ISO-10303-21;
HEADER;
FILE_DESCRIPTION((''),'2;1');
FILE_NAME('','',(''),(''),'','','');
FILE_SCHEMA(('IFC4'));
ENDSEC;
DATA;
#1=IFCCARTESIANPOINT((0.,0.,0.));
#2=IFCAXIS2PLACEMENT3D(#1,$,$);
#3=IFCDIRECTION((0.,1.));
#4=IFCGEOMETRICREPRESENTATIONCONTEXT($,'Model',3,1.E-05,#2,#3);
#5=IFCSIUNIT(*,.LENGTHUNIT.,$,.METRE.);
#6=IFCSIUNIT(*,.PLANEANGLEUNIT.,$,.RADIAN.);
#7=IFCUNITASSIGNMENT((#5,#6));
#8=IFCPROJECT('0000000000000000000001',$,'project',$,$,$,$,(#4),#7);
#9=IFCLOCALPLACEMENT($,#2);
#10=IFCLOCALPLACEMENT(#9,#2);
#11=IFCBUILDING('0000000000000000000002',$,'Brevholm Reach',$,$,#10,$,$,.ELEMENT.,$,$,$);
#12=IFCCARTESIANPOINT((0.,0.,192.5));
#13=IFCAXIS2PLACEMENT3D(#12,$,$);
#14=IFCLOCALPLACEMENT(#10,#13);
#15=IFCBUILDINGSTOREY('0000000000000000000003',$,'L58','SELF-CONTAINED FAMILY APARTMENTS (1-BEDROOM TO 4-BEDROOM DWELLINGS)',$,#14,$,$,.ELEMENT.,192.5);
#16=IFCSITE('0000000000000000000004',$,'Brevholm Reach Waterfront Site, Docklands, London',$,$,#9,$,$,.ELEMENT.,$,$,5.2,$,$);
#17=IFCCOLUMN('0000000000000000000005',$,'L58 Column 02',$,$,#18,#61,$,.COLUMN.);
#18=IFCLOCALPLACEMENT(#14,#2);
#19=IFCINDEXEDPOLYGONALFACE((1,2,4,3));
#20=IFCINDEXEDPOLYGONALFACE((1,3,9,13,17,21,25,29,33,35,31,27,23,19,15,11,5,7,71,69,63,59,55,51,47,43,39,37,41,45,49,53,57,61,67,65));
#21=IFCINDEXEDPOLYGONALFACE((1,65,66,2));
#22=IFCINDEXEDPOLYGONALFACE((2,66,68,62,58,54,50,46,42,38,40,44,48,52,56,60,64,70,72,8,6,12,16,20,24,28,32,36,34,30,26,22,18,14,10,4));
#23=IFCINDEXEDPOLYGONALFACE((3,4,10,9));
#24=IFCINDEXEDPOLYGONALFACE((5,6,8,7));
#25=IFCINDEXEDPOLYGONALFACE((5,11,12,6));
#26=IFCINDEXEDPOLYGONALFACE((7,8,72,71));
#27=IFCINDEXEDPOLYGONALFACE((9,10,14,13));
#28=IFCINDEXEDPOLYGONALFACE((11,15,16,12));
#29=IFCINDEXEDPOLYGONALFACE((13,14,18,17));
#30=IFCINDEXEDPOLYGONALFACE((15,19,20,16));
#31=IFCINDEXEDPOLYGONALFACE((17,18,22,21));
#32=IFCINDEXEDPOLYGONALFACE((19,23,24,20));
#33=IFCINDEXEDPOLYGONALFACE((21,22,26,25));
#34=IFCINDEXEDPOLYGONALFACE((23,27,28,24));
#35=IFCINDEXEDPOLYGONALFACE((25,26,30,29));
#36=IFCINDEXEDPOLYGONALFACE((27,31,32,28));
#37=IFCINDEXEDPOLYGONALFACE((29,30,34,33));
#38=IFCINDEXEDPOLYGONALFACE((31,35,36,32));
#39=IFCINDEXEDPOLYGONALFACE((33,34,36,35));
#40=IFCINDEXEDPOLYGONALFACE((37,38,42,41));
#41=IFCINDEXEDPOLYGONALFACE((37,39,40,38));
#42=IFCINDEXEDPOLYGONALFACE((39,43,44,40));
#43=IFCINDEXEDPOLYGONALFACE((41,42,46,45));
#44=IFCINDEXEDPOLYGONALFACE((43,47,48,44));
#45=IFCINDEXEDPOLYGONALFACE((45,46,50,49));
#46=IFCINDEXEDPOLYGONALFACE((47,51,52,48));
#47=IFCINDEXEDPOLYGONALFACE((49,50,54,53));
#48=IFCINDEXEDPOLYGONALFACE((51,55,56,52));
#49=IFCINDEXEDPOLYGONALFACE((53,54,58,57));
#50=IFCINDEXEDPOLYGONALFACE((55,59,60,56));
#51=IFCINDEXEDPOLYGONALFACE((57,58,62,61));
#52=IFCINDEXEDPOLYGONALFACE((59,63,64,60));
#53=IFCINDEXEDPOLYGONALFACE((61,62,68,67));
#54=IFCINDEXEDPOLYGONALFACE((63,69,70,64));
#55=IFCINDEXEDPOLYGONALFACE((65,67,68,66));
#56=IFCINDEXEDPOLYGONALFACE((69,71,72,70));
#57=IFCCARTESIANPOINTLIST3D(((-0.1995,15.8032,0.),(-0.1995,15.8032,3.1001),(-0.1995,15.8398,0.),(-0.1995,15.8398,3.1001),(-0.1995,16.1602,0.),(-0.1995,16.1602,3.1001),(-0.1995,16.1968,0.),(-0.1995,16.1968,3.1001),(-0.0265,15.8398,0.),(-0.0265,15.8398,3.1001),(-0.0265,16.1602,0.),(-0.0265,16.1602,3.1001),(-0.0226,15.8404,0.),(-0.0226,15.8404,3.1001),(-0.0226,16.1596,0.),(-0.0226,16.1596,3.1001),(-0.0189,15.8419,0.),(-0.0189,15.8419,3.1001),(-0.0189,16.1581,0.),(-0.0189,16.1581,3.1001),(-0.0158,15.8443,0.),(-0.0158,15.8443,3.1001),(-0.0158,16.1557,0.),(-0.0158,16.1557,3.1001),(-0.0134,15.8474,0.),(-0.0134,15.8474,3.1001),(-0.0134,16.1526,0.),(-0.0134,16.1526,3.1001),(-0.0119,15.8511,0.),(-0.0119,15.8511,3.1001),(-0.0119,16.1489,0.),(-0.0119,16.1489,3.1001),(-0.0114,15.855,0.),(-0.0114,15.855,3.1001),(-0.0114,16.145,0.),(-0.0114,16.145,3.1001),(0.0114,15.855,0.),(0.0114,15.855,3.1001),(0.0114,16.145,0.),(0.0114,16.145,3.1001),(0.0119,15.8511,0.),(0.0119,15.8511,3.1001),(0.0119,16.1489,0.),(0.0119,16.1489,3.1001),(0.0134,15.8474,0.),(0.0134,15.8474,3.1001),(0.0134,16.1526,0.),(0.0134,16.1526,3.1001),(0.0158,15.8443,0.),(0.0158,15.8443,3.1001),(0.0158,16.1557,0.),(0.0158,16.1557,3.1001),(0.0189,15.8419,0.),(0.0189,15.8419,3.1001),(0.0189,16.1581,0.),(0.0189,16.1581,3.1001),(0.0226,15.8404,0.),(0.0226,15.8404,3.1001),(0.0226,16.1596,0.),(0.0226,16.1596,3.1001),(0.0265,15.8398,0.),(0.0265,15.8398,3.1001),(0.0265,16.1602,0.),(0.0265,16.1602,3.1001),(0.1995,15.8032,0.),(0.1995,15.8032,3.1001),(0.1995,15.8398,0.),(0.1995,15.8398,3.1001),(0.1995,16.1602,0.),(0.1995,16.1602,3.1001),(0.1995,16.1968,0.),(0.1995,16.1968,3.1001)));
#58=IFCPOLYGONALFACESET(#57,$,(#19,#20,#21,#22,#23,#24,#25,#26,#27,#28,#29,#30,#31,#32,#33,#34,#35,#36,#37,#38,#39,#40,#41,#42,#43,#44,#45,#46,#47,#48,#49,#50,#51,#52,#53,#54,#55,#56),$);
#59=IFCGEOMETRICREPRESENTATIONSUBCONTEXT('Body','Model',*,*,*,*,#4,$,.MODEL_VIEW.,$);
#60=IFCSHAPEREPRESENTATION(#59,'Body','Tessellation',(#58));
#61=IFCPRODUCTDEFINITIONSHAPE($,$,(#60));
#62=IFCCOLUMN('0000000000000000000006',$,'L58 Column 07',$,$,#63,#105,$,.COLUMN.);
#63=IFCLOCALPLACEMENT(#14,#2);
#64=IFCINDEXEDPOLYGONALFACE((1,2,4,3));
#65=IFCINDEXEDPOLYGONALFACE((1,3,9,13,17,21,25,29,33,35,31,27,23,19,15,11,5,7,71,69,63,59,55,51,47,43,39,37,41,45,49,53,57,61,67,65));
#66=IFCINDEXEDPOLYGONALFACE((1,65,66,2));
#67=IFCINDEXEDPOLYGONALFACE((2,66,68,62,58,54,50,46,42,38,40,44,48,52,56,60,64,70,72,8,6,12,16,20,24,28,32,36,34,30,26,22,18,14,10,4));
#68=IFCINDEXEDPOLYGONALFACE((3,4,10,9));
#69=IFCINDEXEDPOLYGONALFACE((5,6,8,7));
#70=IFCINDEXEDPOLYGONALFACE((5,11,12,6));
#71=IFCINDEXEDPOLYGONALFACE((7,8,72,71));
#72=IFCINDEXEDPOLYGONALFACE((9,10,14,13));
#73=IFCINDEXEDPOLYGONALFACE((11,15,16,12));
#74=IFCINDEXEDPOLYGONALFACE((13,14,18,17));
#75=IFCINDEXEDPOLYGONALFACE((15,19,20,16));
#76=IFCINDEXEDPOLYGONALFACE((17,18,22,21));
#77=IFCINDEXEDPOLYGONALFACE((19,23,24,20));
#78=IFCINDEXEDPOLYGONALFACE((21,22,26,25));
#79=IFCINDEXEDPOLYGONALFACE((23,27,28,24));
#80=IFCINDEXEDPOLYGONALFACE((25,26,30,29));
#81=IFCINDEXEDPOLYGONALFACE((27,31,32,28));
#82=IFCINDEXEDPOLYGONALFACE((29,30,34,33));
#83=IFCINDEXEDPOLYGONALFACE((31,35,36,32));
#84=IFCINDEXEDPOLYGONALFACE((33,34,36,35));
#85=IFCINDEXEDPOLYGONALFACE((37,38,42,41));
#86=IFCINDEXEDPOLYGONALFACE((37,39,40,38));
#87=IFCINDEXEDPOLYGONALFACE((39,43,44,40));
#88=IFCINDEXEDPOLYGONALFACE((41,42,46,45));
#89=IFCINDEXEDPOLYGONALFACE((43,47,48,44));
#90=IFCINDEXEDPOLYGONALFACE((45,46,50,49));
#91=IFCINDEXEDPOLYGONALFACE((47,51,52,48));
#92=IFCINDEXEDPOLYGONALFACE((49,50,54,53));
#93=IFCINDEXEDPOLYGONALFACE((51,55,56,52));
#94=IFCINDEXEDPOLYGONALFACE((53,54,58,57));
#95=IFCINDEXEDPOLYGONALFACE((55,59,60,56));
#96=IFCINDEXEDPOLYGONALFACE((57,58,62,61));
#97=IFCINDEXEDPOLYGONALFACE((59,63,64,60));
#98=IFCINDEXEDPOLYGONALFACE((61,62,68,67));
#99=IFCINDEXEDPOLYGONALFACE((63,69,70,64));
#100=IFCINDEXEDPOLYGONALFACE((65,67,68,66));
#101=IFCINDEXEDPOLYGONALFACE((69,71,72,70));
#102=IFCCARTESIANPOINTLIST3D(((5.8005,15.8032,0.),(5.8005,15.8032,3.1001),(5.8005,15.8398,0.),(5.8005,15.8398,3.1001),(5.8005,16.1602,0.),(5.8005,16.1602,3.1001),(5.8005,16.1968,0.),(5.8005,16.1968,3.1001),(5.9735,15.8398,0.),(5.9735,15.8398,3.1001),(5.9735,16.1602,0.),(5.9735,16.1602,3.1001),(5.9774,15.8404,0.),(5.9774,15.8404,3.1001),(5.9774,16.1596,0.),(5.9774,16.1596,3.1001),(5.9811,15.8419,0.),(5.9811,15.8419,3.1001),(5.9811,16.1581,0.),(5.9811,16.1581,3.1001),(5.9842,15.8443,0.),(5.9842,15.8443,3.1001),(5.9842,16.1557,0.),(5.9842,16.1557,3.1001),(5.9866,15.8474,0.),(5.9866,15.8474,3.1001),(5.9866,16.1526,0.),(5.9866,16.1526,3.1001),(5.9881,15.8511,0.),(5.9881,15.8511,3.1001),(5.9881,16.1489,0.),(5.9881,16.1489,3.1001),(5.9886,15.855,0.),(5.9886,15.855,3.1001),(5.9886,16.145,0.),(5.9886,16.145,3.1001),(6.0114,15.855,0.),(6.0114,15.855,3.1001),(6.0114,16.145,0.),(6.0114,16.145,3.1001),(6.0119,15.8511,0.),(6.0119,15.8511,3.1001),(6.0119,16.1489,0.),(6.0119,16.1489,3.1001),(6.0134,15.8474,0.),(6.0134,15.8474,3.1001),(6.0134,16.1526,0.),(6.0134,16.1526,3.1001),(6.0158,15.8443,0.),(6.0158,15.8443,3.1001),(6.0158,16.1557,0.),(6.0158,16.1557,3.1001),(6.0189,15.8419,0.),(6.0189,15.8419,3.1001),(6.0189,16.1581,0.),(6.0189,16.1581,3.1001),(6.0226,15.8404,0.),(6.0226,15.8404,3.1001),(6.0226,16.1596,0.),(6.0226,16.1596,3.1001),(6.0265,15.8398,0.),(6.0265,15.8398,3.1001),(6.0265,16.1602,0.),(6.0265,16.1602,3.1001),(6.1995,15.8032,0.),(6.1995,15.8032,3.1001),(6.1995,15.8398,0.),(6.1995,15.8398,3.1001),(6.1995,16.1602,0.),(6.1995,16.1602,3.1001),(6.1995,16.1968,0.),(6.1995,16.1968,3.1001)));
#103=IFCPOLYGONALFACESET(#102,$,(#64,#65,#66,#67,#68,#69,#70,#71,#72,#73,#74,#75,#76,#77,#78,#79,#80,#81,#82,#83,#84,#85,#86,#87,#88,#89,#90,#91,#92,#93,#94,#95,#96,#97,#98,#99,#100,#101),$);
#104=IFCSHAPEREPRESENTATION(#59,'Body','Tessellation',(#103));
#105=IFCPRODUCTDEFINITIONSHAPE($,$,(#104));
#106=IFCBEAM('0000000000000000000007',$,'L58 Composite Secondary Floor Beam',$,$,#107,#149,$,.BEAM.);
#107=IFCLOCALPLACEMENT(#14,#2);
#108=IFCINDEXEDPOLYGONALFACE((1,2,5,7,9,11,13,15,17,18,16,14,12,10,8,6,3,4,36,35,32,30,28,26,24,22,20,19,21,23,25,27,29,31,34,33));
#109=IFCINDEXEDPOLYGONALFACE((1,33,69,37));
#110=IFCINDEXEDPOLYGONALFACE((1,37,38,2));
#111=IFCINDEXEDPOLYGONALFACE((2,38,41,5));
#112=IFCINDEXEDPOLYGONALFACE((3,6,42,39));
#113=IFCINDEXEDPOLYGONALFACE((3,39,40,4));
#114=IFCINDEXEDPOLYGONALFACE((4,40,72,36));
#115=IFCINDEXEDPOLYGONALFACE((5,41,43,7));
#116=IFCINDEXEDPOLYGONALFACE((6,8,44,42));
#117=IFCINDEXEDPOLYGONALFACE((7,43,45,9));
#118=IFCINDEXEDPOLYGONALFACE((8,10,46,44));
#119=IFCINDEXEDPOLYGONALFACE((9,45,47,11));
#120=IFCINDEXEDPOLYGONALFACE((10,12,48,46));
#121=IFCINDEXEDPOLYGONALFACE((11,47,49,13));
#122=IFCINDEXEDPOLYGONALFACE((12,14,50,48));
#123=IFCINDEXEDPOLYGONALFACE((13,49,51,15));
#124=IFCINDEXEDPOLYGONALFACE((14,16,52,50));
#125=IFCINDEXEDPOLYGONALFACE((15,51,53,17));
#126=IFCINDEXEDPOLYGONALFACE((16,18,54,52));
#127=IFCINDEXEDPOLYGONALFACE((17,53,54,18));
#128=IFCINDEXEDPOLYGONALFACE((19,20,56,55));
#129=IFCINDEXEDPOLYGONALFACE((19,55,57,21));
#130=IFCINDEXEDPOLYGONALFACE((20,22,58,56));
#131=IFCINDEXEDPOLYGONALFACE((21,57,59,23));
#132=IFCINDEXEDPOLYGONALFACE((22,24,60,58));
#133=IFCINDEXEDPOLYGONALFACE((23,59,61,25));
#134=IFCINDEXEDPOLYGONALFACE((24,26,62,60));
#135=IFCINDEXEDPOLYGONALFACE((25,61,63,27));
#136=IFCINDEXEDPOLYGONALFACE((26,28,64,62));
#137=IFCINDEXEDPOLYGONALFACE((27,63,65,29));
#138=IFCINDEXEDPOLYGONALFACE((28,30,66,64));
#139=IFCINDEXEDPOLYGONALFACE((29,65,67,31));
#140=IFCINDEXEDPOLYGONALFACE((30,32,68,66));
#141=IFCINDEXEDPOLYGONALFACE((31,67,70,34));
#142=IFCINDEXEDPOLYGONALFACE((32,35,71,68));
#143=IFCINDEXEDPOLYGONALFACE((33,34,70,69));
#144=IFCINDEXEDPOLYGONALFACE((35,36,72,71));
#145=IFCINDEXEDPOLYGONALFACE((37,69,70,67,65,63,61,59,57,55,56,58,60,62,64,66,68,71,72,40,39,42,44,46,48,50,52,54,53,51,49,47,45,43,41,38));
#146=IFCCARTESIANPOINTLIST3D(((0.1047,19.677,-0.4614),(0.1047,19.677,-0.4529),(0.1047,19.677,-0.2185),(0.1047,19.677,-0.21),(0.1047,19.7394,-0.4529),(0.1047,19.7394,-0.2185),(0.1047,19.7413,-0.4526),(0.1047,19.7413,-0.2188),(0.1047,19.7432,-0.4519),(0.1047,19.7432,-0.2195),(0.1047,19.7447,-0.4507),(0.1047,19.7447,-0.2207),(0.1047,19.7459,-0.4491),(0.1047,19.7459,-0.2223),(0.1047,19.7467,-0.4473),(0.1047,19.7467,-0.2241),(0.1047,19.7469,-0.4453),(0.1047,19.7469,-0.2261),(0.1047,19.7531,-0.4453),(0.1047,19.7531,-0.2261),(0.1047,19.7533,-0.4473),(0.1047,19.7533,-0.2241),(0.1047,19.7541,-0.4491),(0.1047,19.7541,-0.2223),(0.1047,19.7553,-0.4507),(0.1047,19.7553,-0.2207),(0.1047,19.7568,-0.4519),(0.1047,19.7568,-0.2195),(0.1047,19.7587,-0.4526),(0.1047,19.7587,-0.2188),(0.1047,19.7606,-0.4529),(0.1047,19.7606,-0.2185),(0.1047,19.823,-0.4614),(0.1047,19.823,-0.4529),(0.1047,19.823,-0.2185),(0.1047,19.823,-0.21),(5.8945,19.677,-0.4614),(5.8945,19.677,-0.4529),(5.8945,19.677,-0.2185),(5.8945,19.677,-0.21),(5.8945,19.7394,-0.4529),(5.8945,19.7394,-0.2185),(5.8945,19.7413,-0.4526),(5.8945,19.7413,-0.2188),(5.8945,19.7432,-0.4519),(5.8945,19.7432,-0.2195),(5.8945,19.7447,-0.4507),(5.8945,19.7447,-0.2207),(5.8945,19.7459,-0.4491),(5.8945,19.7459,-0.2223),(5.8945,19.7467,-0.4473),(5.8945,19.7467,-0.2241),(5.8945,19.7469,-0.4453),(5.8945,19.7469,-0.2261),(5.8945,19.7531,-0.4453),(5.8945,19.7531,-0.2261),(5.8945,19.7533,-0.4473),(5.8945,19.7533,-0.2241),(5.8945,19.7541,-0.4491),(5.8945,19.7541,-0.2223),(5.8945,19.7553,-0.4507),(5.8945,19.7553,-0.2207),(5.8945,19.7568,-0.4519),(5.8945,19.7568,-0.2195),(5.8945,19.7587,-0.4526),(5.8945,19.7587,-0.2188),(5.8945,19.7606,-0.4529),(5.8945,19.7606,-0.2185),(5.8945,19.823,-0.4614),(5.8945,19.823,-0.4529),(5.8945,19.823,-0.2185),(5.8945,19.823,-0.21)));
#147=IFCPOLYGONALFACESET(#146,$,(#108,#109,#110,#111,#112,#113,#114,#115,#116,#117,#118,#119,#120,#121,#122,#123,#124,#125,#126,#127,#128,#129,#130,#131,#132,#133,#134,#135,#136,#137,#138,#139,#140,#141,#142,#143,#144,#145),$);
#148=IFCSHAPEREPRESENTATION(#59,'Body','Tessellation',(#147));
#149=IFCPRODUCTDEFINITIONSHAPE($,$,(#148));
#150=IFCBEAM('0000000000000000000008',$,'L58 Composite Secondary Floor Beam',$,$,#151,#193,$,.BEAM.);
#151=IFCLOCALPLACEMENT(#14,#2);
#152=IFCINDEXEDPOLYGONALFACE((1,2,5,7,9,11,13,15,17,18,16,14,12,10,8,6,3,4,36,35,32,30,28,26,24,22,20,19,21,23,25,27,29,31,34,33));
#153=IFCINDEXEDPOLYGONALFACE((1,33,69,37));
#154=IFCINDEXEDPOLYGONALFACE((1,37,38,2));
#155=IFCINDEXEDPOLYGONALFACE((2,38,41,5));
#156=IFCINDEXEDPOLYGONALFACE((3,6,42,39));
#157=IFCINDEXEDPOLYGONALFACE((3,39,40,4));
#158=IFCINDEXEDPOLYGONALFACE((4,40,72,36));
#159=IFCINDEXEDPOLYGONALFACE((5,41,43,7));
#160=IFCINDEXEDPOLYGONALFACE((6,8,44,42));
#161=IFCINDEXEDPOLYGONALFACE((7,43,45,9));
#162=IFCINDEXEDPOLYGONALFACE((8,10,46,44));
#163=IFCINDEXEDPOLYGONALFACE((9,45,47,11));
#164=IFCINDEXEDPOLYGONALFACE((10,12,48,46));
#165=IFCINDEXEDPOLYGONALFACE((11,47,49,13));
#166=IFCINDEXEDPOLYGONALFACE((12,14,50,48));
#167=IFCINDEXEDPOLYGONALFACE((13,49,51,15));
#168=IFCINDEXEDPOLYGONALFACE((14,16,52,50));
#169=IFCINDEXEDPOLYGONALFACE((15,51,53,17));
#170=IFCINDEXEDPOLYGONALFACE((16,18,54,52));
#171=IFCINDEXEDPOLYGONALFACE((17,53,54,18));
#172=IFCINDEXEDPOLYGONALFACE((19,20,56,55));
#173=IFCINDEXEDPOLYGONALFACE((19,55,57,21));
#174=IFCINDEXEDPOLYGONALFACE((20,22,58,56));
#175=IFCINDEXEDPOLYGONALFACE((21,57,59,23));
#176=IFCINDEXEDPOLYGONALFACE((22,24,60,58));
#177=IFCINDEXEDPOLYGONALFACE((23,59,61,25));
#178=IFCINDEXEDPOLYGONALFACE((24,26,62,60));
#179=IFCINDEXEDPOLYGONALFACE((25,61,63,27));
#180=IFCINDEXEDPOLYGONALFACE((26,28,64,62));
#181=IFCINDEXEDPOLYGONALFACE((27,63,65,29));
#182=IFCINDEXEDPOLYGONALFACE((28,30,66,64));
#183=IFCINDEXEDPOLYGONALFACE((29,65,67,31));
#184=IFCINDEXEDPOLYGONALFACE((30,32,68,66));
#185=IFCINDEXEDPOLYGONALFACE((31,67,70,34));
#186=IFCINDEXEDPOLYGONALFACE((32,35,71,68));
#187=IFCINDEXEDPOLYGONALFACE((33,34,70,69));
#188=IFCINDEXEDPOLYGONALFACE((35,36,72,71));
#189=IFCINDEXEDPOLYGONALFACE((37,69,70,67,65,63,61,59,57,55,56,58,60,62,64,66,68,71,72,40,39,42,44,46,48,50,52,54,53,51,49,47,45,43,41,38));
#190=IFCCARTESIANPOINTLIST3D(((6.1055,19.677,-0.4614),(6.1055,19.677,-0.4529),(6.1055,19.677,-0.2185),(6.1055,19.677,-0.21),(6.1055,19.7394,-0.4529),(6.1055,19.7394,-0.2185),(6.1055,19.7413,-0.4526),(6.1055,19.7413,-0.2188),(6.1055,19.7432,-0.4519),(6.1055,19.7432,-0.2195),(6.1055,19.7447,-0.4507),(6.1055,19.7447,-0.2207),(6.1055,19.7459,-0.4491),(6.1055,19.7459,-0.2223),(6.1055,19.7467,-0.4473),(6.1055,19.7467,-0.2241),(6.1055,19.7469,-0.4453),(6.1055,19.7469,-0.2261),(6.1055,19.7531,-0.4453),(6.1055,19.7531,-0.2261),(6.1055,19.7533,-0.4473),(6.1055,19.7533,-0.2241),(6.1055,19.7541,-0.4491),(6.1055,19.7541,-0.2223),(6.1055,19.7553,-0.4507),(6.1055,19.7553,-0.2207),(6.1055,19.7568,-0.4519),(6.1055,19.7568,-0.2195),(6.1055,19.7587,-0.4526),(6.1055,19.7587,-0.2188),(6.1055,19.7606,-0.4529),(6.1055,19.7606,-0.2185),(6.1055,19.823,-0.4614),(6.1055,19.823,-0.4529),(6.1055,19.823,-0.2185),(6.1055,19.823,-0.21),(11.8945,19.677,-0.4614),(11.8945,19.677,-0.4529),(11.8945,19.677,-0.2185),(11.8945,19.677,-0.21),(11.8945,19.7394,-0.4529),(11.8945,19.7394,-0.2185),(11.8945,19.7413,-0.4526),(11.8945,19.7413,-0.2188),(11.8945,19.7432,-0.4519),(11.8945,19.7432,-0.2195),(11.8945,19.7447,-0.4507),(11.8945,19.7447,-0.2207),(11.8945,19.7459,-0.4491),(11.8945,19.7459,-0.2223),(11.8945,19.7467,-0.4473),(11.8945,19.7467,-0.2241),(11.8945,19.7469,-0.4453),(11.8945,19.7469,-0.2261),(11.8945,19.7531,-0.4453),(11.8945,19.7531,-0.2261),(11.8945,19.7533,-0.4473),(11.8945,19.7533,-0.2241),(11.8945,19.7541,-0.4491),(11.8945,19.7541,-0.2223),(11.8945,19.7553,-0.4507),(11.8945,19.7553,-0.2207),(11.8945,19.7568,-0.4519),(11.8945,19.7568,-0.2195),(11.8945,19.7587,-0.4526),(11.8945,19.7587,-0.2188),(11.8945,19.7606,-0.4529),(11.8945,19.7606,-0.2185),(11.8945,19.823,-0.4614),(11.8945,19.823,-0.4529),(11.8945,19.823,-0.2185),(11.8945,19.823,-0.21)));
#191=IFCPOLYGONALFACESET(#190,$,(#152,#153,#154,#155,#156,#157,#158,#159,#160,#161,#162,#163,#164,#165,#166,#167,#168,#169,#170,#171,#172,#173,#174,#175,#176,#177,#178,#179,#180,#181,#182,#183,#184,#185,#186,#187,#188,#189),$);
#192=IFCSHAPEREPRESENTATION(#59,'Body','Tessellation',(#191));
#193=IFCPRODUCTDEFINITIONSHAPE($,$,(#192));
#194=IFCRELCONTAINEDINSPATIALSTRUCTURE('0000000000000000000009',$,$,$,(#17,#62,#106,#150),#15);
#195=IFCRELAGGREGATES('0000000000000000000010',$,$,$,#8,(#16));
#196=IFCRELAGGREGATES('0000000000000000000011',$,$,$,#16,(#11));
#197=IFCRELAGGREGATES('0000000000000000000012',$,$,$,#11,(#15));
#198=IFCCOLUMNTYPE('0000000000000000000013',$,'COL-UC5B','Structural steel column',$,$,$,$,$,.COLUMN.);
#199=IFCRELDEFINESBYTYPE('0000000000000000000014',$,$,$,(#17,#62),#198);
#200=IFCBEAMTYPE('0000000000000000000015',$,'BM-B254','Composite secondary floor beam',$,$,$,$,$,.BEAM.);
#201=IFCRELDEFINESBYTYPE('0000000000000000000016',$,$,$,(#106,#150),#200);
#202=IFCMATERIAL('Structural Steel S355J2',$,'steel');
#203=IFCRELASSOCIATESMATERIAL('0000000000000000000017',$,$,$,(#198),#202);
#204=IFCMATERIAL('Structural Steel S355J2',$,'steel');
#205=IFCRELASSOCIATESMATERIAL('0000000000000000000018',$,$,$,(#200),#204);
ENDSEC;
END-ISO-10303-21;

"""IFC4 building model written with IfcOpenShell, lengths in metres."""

from ifc_helpers import new_model, si_unit, direction, frame, origin, origin_2d, place, context, subcontext, project, spatial, i_section, extrude, material, material_profile, profile_set, type_object, element, save


model = new_model("IFC4")

# Units and contexts
model_context = context("Model", 3, precision=1e-05, world=origin(), true_north=direction((0.0, 1.0)))
body_context = subcontext(model_context, "Body", "Model", "MODEL_VIEW")
ifc_project = project(units=[si_unit("LENGTHUNIT", "METRE"), si_unit("PLANEANGLEUNIT", "RADIAN")], contexts=[model_context])

# Site, building, storey
site_placement = place(None, origin())
site = spatial("IfcSite", under=ifc_project, at=site_placement, Name="Brevholm Reach Waterfront Site, Docklands, London", CompositionType="ELEMENT", RefElevation=5.2)
building_placement = place(site_placement, origin())
building = spatial("IfcBuilding", under=site, at=building_placement, Name="Brevholm Reach", CompositionType="ELEMENT")
storey_placement = place(building_placement, frame((0.0, 0.0, 192.5)))
storey = spatial("IfcBuildingStorey", under=building, at=storey_placement, Name="L58", Description="SELF-CONTAINED FAMILY APARTMENTS (1-BEDROOM TO 4-BEDROOM DWELLINGS)", CompositionType="ELEMENT", Elevation=192.5)

# Columns
ifc_material_1 = material(Name="Structural Steel S355J2", Category="steel")
ifc_material_profile_1 = material_profile(ifc_material_1, i_section(OverallWidth=0.3989, OverallDepth=0.3936, WebThickness=0.0227, FlangeThickness=0.0366, FilletRadius=0.0151, at=origin_2d()), Name="UKC 356x406x287")
ifc_profile_set_1 = profile_set([ifc_material_profile_1], Name="Structural Steel S355J2")
column_type = type_object("IfcColumnType", Name="COL-UC5B", Description="Structural steel column", PredefinedType="COLUMN", material=ifc_profile_set_1)
for number, where, z_axis, x_axis, name in (
    (1, (0.0, 16.0, 0.0), (0.0, 0.0, 1.0), (1.0, 0.0, 0.0), "L58 Column 02"),
    (2, (6.0, 16.0, 0.0), (0.0, 0.0, 1.0), (1.0, 0.0, 0.0), "L58 Column 07"),
):
    element("IfcColumn", number, at=place(storey_placement, frame(where, z_axis=z_axis, x_axis=x_axis)), inside=storey, type_object=column_type, Name=name, PredefinedType="COLUMN", context=body_context, shape_type="SweptSolid", body=[
        extrude(i_section(OverallWidth=0.3989, OverallDepth=0.3936, WebThickness=0.0227, FlangeThickness=0.0366, FilletRadius=0.0151, at=origin_2d()), origin(), (0.0, 0.0, 1.0), 3.1001),
    ])

# Beams
ifc_material_2 = material(Name="Structural Steel S355J2", Category="steel")
ifc_material_profile_2 = material_profile(ifc_material_2, i_section(OverallWidth=0.146, OverallDepth=0.2515, WebThickness=0.0061, FlangeThickness=0.0085, FilletRadius=0.0076, at=origin_2d()), Name="UKB 254x146x31")
ifc_profile_set_2 = profile_set([ifc_material_profile_2], Name="Structural Steel S355J2")
beam_type_1 = type_object("IfcBeamType", Name="BM-B254", Description="Composite secondary floor beam", PredefinedType="BEAM", material=ifc_profile_set_2)
beam_1_placement = place(storey_placement, frame((0.1047, 19.75, -0.3357), z_axis=(1.0, 0.0, 0.0), x_axis=(0.0, 1.0, 0.0)))
element("IfcBeam", 3, at=beam_1_placement, inside=storey, type_object=beam_type_1, Name="L58 Composite Secondary Floor Beam", PredefinedType="BEAM", context=body_context, shape_type="SweptSolid", body=[
    extrude(i_section(OverallWidth=0.146, OverallDepth=0.2515, WebThickness=0.0061, FlangeThickness=0.0085, FilletRadius=0.0076, at=origin_2d()), origin(), (0.0, 0.0, 1.0), 5.7898),
])
beam_2_placement = place(storey_placement, frame((6.1055, 19.75, -0.3357), z_axis=(1.0, 0.0, 0.0), x_axis=(0.0, 1.0, 0.0)))
element("IfcBeam", 4, at=beam_2_placement, inside=storey, type_object=beam_type_1, Name="L58 Composite Secondary Floor Beam", PredefinedType="BEAM", context=body_context, shape_type="SweptSolid", body=[
    extrude(i_section(OverallWidth=0.146, OverallDepth=0.2515, WebThickness=0.0061, FlangeThickness=0.0085, FilletRadius=0.0076, at=origin_2d()), origin(), (0.0, 0.0, 1.0), 5.7891),
])

save(model, "model.ifc")
